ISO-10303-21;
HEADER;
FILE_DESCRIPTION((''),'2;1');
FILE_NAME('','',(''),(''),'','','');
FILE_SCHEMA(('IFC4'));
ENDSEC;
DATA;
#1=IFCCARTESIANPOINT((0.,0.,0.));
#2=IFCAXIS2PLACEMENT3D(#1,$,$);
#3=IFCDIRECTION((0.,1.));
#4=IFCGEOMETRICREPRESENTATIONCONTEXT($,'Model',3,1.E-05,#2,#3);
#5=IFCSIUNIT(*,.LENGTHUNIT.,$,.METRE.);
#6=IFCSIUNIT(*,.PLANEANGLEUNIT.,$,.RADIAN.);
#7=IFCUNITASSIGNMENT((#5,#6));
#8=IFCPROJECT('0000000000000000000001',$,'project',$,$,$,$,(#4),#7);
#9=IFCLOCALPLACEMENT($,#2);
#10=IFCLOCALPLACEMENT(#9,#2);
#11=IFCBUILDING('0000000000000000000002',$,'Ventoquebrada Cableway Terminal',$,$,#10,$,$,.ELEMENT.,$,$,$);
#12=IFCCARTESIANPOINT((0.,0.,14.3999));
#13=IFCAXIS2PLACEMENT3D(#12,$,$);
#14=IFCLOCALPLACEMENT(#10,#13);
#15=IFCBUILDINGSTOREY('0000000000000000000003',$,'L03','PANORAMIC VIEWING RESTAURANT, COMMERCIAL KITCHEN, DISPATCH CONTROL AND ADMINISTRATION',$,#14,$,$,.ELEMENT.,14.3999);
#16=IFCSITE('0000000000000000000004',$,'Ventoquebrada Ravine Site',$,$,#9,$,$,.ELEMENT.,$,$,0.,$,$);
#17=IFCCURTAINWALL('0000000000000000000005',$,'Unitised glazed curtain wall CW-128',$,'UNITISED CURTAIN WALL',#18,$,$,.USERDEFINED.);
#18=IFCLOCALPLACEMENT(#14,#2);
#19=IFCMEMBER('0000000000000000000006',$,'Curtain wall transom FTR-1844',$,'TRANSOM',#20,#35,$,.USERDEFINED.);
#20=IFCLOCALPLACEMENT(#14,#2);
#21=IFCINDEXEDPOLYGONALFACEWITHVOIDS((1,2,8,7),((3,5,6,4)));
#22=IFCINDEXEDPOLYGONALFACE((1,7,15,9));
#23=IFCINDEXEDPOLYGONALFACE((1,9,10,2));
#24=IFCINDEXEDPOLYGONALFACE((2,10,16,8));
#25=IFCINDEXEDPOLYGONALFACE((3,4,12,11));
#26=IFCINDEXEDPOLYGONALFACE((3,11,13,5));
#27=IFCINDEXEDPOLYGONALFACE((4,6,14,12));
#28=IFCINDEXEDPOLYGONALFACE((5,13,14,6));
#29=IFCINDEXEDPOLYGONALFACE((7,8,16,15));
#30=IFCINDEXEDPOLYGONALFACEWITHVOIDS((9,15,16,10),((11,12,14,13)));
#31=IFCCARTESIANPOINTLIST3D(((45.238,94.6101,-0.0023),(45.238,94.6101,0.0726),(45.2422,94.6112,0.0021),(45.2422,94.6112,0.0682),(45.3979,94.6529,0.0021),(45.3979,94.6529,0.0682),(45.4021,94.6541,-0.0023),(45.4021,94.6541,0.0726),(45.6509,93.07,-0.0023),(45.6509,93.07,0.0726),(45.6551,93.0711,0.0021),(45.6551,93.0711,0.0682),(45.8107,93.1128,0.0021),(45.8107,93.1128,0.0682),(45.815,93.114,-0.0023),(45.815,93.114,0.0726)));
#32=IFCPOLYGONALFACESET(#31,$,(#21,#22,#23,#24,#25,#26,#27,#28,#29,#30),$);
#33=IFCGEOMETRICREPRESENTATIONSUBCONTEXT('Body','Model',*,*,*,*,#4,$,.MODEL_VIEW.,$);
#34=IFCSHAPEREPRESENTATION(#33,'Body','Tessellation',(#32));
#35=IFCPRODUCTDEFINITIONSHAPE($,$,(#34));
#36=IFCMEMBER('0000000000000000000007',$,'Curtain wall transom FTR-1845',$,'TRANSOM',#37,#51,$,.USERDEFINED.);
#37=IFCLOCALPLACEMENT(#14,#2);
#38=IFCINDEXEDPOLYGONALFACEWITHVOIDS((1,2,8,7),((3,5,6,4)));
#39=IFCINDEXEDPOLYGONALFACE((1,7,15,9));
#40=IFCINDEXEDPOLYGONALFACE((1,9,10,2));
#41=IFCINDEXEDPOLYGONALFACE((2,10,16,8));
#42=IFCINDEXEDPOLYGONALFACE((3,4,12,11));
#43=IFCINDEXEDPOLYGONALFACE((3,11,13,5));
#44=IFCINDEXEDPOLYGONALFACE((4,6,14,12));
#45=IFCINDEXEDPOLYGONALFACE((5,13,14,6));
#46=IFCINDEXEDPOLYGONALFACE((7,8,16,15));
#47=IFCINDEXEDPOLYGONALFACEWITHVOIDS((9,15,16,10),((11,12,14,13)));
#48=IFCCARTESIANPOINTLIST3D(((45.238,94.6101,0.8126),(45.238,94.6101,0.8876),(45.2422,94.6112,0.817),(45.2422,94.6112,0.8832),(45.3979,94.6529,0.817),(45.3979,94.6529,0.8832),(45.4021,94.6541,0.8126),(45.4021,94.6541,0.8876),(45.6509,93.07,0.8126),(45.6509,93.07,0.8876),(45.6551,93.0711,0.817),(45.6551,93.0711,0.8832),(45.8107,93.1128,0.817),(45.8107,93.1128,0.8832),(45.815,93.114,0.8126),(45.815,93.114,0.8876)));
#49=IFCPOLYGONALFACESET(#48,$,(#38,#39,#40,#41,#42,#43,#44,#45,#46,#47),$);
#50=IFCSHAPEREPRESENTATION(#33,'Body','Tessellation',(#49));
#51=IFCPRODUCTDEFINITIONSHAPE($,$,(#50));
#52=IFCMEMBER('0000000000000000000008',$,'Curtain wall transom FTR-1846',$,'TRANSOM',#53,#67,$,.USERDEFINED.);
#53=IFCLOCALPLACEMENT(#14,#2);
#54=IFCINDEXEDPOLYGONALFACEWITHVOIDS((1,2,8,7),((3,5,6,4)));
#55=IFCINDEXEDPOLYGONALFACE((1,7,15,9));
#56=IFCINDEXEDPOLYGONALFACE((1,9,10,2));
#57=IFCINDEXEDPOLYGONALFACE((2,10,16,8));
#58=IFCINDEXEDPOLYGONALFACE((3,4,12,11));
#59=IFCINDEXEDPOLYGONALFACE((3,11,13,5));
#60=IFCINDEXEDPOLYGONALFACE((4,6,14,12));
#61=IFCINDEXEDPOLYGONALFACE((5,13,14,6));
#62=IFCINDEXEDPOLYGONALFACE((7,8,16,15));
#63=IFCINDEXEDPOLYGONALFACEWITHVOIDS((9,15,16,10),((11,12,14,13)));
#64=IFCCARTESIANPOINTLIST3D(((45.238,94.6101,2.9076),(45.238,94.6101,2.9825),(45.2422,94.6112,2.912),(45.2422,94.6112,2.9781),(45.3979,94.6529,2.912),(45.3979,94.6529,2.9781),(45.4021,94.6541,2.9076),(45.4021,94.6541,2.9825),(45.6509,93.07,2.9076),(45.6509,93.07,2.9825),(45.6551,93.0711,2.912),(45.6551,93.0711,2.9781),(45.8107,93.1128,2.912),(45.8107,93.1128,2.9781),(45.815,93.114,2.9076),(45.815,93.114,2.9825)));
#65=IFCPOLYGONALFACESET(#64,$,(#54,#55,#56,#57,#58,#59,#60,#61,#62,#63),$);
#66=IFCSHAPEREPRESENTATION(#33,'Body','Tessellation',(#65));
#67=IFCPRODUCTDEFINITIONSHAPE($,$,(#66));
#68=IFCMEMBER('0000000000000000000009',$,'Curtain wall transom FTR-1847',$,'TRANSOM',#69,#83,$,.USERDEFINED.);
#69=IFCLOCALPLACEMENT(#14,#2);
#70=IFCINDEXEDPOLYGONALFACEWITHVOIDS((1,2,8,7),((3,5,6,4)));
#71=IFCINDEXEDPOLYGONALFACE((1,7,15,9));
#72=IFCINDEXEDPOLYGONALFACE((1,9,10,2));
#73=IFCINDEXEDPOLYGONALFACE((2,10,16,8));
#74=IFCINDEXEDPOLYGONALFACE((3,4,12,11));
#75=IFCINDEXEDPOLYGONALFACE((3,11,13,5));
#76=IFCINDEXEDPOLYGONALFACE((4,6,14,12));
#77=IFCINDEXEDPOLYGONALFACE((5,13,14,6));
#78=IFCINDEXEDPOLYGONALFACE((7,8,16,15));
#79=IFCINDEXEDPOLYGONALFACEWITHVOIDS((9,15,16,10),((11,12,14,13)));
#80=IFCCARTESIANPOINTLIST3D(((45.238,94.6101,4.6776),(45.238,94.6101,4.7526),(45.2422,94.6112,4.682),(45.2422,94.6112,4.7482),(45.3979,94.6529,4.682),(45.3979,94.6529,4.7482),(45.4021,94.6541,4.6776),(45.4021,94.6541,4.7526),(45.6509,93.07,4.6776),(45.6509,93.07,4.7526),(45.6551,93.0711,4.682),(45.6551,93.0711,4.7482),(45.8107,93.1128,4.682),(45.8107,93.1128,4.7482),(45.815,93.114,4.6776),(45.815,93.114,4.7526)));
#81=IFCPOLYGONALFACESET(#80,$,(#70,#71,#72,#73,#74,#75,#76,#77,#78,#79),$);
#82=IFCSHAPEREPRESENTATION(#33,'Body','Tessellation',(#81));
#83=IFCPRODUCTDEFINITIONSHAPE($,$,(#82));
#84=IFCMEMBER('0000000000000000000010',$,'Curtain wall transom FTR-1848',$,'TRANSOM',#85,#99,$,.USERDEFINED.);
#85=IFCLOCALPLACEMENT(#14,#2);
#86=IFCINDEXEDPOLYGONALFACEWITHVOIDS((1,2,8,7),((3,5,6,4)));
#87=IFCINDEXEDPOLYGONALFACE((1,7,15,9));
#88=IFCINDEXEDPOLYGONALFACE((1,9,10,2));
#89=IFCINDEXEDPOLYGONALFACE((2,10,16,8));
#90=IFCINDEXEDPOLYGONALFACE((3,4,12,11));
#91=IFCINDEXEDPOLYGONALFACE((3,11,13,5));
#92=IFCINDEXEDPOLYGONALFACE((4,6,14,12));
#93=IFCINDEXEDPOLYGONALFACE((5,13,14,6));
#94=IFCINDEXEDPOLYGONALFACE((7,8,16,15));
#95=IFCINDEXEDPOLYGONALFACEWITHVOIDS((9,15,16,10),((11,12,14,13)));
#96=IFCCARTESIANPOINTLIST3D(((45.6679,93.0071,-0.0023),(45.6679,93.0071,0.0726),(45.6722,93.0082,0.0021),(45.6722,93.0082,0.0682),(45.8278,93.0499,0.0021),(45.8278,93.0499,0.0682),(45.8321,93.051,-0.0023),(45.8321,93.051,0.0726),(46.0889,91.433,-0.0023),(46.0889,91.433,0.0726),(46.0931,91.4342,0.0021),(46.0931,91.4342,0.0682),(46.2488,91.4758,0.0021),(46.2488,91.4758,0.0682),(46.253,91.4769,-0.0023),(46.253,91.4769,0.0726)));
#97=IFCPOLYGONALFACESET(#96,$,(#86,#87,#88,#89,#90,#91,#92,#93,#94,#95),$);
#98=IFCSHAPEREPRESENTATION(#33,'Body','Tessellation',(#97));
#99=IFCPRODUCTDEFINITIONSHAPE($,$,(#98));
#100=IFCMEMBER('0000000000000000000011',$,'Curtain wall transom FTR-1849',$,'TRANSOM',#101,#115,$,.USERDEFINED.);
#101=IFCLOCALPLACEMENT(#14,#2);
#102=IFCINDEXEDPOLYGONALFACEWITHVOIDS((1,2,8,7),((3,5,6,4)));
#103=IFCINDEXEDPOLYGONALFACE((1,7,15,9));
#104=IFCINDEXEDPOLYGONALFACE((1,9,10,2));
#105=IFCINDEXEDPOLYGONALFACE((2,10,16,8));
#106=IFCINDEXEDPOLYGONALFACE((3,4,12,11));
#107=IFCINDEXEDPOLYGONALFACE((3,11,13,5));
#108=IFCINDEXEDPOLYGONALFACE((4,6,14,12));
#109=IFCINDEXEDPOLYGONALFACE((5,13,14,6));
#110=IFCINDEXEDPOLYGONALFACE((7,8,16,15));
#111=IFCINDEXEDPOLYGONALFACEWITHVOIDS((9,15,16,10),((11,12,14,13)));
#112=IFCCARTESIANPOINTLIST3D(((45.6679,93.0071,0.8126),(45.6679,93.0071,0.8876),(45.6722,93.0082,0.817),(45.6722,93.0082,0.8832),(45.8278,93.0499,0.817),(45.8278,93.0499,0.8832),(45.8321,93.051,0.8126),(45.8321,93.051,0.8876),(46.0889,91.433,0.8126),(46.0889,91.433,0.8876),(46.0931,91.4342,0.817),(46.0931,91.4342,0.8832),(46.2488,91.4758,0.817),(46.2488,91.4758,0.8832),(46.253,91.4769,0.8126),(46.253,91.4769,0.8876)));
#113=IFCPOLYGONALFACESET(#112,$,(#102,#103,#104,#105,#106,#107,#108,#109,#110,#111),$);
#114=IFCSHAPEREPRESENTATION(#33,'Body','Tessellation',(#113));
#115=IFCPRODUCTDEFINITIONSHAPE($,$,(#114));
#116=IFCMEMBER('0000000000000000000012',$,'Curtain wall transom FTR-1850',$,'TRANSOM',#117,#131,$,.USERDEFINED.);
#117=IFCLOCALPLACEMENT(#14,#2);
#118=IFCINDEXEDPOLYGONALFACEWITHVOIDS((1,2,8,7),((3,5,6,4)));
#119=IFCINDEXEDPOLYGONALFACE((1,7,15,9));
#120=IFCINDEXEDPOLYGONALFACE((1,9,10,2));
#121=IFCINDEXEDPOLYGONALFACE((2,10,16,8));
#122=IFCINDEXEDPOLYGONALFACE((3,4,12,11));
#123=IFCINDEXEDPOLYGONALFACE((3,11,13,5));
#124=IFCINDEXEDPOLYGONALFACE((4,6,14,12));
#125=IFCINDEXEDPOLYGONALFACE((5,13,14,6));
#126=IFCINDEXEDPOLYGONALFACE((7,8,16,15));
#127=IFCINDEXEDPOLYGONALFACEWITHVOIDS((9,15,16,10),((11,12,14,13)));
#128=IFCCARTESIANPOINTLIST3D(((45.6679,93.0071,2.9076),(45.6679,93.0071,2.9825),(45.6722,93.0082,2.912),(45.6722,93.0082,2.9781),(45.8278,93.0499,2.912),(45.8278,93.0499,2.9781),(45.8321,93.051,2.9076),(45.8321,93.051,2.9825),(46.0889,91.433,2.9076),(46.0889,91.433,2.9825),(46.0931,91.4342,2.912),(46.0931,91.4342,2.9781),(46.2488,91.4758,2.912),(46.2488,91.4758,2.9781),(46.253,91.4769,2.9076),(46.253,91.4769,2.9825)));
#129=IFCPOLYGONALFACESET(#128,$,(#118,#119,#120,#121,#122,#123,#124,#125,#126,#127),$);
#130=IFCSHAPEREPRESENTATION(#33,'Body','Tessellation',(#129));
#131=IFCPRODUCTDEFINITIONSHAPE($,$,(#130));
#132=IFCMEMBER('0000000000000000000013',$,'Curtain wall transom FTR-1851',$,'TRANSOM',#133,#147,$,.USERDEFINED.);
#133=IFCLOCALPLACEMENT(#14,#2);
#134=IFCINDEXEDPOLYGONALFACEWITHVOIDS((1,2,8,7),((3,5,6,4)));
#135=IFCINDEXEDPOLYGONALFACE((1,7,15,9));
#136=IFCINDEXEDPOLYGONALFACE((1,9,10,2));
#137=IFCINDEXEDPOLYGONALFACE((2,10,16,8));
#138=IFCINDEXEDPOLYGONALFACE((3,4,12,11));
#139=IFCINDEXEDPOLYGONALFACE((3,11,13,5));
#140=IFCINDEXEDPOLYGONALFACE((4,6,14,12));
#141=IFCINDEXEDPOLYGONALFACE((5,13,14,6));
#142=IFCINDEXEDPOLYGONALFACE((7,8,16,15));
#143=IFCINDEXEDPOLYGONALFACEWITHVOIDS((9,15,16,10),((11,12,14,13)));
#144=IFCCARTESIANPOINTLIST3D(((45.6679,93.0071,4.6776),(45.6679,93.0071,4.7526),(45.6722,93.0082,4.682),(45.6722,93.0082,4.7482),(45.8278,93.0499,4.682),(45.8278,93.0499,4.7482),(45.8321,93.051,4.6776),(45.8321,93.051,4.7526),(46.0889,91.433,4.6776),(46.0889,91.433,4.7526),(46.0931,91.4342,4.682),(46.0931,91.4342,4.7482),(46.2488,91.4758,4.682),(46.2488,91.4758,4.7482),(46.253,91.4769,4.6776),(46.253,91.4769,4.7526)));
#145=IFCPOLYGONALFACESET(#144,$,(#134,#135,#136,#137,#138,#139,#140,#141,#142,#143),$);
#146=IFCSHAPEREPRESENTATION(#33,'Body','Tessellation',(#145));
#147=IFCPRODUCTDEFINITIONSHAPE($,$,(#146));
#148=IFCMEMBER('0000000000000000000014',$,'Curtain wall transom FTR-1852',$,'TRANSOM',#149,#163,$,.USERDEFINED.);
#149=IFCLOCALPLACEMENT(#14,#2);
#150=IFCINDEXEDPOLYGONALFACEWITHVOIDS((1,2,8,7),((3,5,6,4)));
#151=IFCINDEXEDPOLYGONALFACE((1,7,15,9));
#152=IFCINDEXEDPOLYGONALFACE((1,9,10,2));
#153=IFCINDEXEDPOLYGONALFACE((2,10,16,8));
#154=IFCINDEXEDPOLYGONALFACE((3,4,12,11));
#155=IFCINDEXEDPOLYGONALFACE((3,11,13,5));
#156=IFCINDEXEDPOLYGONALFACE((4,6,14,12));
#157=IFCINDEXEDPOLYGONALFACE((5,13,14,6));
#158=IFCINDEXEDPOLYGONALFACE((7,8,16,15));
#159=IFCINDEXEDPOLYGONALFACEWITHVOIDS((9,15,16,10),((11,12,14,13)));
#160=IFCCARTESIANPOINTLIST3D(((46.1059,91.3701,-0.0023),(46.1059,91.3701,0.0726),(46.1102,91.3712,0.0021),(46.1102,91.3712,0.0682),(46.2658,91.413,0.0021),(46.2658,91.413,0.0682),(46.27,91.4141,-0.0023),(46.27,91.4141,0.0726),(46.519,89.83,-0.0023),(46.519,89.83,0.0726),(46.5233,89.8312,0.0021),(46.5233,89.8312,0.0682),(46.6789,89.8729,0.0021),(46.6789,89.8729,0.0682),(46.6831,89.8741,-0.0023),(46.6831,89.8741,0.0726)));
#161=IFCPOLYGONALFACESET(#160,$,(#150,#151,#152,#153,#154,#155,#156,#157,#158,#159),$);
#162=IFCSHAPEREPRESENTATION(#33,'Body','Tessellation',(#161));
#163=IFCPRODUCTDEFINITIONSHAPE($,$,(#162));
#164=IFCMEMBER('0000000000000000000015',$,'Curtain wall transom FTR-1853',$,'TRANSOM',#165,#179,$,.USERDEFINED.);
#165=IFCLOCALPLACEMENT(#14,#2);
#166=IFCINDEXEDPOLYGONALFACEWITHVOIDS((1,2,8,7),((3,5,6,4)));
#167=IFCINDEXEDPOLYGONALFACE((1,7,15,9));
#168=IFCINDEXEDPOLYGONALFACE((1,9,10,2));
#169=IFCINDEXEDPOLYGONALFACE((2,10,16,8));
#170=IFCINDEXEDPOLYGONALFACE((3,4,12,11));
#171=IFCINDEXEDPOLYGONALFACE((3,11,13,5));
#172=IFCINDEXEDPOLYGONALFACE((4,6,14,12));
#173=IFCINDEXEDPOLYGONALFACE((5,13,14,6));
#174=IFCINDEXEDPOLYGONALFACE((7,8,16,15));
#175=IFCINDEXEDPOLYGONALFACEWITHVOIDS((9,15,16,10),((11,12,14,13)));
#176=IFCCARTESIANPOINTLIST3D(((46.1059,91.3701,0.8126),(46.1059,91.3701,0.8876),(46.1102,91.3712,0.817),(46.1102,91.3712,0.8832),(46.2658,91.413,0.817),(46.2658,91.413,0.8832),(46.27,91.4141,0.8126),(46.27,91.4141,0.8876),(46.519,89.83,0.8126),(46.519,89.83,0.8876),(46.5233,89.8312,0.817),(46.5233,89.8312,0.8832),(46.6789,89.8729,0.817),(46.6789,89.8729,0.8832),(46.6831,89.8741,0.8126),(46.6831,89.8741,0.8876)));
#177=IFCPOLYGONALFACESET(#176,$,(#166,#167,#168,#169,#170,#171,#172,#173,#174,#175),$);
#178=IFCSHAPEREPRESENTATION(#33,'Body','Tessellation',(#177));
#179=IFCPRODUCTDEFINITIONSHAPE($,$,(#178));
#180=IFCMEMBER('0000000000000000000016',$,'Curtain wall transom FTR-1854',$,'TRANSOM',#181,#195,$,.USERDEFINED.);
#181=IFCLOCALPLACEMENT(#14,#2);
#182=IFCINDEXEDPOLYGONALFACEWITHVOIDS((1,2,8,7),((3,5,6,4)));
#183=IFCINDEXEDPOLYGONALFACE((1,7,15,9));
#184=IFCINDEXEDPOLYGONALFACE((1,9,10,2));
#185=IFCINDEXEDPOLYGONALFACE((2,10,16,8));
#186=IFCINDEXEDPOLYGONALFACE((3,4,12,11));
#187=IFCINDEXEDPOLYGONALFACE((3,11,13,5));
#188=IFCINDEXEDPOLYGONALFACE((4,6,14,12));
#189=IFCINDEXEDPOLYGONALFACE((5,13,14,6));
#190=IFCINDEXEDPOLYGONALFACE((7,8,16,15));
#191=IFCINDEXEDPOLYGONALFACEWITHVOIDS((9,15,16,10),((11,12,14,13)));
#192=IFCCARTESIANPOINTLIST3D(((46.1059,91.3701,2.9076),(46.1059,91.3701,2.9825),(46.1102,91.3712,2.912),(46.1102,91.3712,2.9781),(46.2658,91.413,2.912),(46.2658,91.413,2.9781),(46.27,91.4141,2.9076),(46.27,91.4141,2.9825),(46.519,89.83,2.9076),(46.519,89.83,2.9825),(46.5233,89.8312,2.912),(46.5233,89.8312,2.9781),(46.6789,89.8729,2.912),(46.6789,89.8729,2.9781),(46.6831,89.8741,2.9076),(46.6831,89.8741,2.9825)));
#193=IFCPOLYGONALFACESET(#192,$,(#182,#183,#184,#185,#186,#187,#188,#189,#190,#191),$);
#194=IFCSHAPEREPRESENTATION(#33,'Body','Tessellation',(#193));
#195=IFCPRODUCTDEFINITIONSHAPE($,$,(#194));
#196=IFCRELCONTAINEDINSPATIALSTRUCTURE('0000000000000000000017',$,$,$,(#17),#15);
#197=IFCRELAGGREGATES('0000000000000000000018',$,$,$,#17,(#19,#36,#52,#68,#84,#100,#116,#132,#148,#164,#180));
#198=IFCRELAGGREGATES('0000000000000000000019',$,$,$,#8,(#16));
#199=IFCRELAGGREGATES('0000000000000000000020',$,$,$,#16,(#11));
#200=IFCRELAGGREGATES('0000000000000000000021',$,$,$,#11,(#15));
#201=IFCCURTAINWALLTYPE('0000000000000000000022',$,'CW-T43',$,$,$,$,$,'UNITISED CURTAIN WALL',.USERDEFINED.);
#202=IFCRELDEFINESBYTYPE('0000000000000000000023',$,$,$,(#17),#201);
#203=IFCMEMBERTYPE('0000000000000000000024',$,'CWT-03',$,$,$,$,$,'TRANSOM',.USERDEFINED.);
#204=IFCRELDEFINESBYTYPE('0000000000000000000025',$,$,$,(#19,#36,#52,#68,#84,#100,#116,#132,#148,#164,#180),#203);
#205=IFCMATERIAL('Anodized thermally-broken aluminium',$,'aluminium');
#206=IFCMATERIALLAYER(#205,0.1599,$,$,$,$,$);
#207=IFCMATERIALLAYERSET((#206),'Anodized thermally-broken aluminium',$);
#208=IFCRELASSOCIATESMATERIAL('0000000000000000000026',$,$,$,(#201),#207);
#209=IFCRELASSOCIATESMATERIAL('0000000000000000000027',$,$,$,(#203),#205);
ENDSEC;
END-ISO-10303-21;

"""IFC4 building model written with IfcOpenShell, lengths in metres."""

from ifc_helpers import new_model, si_unit, direction, frame, origin, origin_2d, place, context, subcontext, project, spatial, hollow_rectangle, extrude, material, layer, layer_set, material_profile, profile_set, type_object, element, aggregate, save


model = new_model("IFC4")

# Units and contexts
model_context = context("Model", 3, precision=1e-05, world=origin(), true_north=direction((0.0, 1.0)))
body_context = subcontext(model_context, "Body", "Model", "MODEL_VIEW")
ifc_project = project(units=[si_unit("LENGTHUNIT", "METRE"), si_unit("PLANEANGLEUNIT", "RADIAN")], contexts=[model_context])

# Site, building, storey
site_placement = place(None, origin())
site = spatial("IfcSite", under=ifc_project, at=site_placement, Name="Ventoquebrada Ravine Site", CompositionType="ELEMENT", RefElevation=0.0)
building_placement = place(site_placement, origin())
building = spatial("IfcBuilding", under=site, at=building_placement, Name="Ventoquebrada Cableway Terminal", CompositionType="ELEMENT")
storey_placement = place(building_placement, frame((0.0, 0.0, 14.3999)))
storey = spatial("IfcBuildingStorey", under=building, at=storey_placement, Name="L03", Description="PANORAMIC VIEWING RESTAURANT, COMMERCIAL KITCHEN, DISPATCH CONTROL AND ADMINISTRATION", CompositionType="ELEMENT", Elevation=14.3999)

# Shared definitions
ifc_material_1 = material(Name="Anodized thermally-broken aluminium", Category="aluminium")

# Curtain wall, members
ifc_layer_1 = layer(ifc_material_1, 0.1599)
ifc_layer_set_1 = layer_set([ifc_layer_1], Name="Anodized thermally-broken aluminium")
curtain_wall_type_1 = type_object("IfcCurtainWallType", Name="CW-T43", ElementType="UNITISED CURTAIN WALL", PredefinedType="USERDEFINED", material=ifc_layer_set_1)
curtain_wall_1_placement = place(storey_placement, origin())
curtain_wall_1 = element("IfcCurtainWall", 1, at=curtain_wall_1_placement, inside=storey, type_object=curtain_wall_type_1, Name="Unitised glazed curtain wall CW-128", ObjectType="UNITISED CURTAIN WALL", PredefinedType="USERDEFINED")
ifc_material_profile_1 = material_profile(ifc_material_1, hollow_rectangle(XDim=0.075, YDim=0.1699, WallThickness=0.0044, at=origin_2d()), Name="CW-TRN-75X170")
ifc_profile_set_1 = profile_set([ifc_material_profile_1], Name="Anodized thermally-broken aluminium")
member_type_1 = type_object("IfcMemberType", Name="CWT-03", ElementType="TRANSOM", PredefinedType="USERDEFINED", material=ifc_profile_set_1)
member_1_placement = place(storey_placement, frame((45.3201, 94.6321, 0.0352), z_axis=(0.25893, -0.965896, 0.0), x_axis=(0.0, 0.0, 1.0)))
member_1 = element("IfcMember", 2, at=member_1_placement, type_object=member_type_1, Name="Curtain wall transom FTR-1844", ObjectType="TRANSOM", PredefinedType="USERDEFINED", context=body_context, shape_type="SweptSolid", body=[
    extrude(hollow_rectangle(XDim=0.075, YDim=0.1699, WallThickness=0.0044, at=origin_2d()), origin(), (0.0, 0.0, 1.0), 1.5945),
])
member_2_placement = place(storey_placement, frame((45.3201, 94.6321, 0.8501), z_axis=(0.25893, -0.965896, 0.0), x_axis=(0.0, 0.0, 1.0)))
member_2 = element("IfcMember", 3, at=member_2_placement, type_object=member_type_1, Name="Curtain wall transom FTR-1845", ObjectType="TRANSOM", PredefinedType="USERDEFINED", context=body_context, shape_type="SweptSolid", body=[
    extrude(hollow_rectangle(XDim=0.075, YDim=0.1699, WallThickness=0.0044, at=origin_2d()), origin(), (0.0, 0.0, 1.0), 1.5945),
])
member_3_placement = place(storey_placement, frame((45.3201, 94.6321, 2.9451), z_axis=(0.25893, -0.965896, 0.0), x_axis=(0.0, 0.0, 1.0)))
member_3 = element("IfcMember", 4, at=member_3_placement, type_object=member_type_1, Name="Curtain wall transom FTR-1846", ObjectType="TRANSOM", PredefinedType="USERDEFINED", context=body_context, shape_type="SweptSolid", body=[
    extrude(hollow_rectangle(XDim=0.075, YDim=0.1699, WallThickness=0.0044, at=origin_2d()), origin(), (0.0, 0.0, 1.0), 1.5945),
])
member_4_placement = place(storey_placement, frame((45.3201, 94.6321, 4.7151), z_axis=(0.25893, -0.965896, 0.0), x_axis=(0.0, 0.0, 1.0)))
member_4 = element("IfcMember", 5, at=member_4_placement, type_object=member_type_1, Name="Curtain wall transom FTR-1847", ObjectType="TRANSOM", PredefinedType="USERDEFINED", context=body_context, shape_type="SweptSolid", body=[
    extrude(hollow_rectangle(XDim=0.075, YDim=0.1699, WallThickness=0.0044, at=origin_2d()), origin(), (0.0, 0.0, 1.0), 1.5945),
])
member_5_placement = place(storey_placement, frame((45.75, 93.0291, 0.0352), z_axis=(0.258334, -0.966056, 0.0), x_axis=(0.0, 0.0, 1.0)))
member_5 = element("IfcMember", 6, at=member_5_placement, type_object=member_type_1, Name="Curtain wall transom FTR-1848", ObjectType="TRANSOM", PredefinedType="USERDEFINED", context=body_context, shape_type="SweptSolid", body=[
    extrude(hollow_rectangle(XDim=0.075, YDim=0.1699, WallThickness=0.0044, at=origin_2d()), origin(), (0.0, 0.0, 1.0), 1.6294),
])
member_6_placement = place(storey_placement, frame((45.75, 93.0291, 0.8501), z_axis=(0.258334, -0.966056, 0.0), x_axis=(0.0, 0.0, 1.0)))
member_6 = element("IfcMember", 7, at=member_6_placement, type_object=member_type_1, Name="Curtain wall transom FTR-1849", ObjectType="TRANSOM", PredefinedType="USERDEFINED", context=body_context, shape_type="SweptSolid", body=[
    extrude(hollow_rectangle(XDim=0.075, YDim=0.1699, WallThickness=0.0044, at=origin_2d()), origin(), (0.0, 0.0, 1.0), 1.6294),
])
member_7_placement = place(storey_placement, frame((45.75, 93.0291, 2.9451), z_axis=(0.258334, -0.966056, 0.0), x_axis=(0.0, 0.0, 1.0)))
member_7 = element("IfcMember", 8, at=member_7_placement, type_object=member_type_1, Name="Curtain wall transom FTR-1850", ObjectType="TRANSOM", PredefinedType="USERDEFINED", context=body_context, shape_type="SweptSolid", body=[
    extrude(hollow_rectangle(XDim=0.075, YDim=0.1699, WallThickness=0.0044, at=origin_2d()), origin(), (0.0, 0.0, 1.0), 1.6294),
])
member_8_placement = place(storey_placement, frame((45.75, 93.0291, 4.7151), z_axis=(0.258334, -0.966056, 0.0), x_axis=(0.0, 0.0, 1.0)))
member_8 = element("IfcMember", 9, at=member_8_placement, type_object=member_type_1, Name="Curtain wall transom FTR-1851", ObjectType="TRANSOM", PredefinedType="USERDEFINED", context=body_context, shape_type="SweptSolid", body=[
    extrude(hollow_rectangle(XDim=0.075, YDim=0.1699, WallThickness=0.0044, at=origin_2d()), origin(), (0.0, 0.0, 1.0), 1.6294),
])
member_9_placement = place(storey_placement, frame((46.188, 91.3921, 0.0352), z_axis=(0.259073, -0.965858, 0.0), x_axis=(0.0, 0.0, 1.0)))
member_9 = element("IfcMember", 10, at=member_9_placement, type_object=member_type_1, Name="Curtain wall transom FTR-1852", ObjectType="TRANSOM", PredefinedType="USERDEFINED", context=body_context, shape_type="SweptSolid", body=[
    extrude(hollow_rectangle(XDim=0.075, YDim=0.1699, WallThickness=0.0044, at=origin_2d()), origin(), (0.0, 0.0, 1.0), 1.5945),
])
member_10_placement = place(storey_placement, frame((46.188, 91.3921, 0.8501), z_axis=(0.259073, -0.965858, 0.0), x_axis=(0.0, 0.0, 1.0)))
member_10 = element("IfcMember", 11, at=member_10_placement, type_object=member_type_1, Name="Curtain wall transom FTR-1853", ObjectType="TRANSOM", PredefinedType="USERDEFINED", context=body_context, shape_type="SweptSolid", body=[
    extrude(hollow_rectangle(XDim=0.075, YDim=0.1699, WallThickness=0.0044, at=origin_2d()), origin(), (0.0, 0.0, 1.0), 1.5945),
])
member_11_placement = place(storey_placement, frame((46.188, 91.3921, 2.9451), z_axis=(0.259073, -0.965858, 0.0), x_axis=(0.0, 0.0, 1.0)))
member_11 = element("IfcMember", 12, at=member_11_placement, type_object=member_type_1, Name="Curtain wall transom FTR-1854", ObjectType="TRANSOM", PredefinedType="USERDEFINED", context=body_context, shape_type="SweptSolid", body=[
    extrude(hollow_rectangle(XDim=0.075, YDim=0.1699, WallThickness=0.0044, at=origin_2d()), origin(), (0.0, 0.0, 1.0), 1.5945),
])

aggregate(curtain_wall_1, [member_1, member_2, member_3, member_4, member_5, member_6, member_7, member_8, member_9, member_10, member_11])

save(model, "model.ifc")
